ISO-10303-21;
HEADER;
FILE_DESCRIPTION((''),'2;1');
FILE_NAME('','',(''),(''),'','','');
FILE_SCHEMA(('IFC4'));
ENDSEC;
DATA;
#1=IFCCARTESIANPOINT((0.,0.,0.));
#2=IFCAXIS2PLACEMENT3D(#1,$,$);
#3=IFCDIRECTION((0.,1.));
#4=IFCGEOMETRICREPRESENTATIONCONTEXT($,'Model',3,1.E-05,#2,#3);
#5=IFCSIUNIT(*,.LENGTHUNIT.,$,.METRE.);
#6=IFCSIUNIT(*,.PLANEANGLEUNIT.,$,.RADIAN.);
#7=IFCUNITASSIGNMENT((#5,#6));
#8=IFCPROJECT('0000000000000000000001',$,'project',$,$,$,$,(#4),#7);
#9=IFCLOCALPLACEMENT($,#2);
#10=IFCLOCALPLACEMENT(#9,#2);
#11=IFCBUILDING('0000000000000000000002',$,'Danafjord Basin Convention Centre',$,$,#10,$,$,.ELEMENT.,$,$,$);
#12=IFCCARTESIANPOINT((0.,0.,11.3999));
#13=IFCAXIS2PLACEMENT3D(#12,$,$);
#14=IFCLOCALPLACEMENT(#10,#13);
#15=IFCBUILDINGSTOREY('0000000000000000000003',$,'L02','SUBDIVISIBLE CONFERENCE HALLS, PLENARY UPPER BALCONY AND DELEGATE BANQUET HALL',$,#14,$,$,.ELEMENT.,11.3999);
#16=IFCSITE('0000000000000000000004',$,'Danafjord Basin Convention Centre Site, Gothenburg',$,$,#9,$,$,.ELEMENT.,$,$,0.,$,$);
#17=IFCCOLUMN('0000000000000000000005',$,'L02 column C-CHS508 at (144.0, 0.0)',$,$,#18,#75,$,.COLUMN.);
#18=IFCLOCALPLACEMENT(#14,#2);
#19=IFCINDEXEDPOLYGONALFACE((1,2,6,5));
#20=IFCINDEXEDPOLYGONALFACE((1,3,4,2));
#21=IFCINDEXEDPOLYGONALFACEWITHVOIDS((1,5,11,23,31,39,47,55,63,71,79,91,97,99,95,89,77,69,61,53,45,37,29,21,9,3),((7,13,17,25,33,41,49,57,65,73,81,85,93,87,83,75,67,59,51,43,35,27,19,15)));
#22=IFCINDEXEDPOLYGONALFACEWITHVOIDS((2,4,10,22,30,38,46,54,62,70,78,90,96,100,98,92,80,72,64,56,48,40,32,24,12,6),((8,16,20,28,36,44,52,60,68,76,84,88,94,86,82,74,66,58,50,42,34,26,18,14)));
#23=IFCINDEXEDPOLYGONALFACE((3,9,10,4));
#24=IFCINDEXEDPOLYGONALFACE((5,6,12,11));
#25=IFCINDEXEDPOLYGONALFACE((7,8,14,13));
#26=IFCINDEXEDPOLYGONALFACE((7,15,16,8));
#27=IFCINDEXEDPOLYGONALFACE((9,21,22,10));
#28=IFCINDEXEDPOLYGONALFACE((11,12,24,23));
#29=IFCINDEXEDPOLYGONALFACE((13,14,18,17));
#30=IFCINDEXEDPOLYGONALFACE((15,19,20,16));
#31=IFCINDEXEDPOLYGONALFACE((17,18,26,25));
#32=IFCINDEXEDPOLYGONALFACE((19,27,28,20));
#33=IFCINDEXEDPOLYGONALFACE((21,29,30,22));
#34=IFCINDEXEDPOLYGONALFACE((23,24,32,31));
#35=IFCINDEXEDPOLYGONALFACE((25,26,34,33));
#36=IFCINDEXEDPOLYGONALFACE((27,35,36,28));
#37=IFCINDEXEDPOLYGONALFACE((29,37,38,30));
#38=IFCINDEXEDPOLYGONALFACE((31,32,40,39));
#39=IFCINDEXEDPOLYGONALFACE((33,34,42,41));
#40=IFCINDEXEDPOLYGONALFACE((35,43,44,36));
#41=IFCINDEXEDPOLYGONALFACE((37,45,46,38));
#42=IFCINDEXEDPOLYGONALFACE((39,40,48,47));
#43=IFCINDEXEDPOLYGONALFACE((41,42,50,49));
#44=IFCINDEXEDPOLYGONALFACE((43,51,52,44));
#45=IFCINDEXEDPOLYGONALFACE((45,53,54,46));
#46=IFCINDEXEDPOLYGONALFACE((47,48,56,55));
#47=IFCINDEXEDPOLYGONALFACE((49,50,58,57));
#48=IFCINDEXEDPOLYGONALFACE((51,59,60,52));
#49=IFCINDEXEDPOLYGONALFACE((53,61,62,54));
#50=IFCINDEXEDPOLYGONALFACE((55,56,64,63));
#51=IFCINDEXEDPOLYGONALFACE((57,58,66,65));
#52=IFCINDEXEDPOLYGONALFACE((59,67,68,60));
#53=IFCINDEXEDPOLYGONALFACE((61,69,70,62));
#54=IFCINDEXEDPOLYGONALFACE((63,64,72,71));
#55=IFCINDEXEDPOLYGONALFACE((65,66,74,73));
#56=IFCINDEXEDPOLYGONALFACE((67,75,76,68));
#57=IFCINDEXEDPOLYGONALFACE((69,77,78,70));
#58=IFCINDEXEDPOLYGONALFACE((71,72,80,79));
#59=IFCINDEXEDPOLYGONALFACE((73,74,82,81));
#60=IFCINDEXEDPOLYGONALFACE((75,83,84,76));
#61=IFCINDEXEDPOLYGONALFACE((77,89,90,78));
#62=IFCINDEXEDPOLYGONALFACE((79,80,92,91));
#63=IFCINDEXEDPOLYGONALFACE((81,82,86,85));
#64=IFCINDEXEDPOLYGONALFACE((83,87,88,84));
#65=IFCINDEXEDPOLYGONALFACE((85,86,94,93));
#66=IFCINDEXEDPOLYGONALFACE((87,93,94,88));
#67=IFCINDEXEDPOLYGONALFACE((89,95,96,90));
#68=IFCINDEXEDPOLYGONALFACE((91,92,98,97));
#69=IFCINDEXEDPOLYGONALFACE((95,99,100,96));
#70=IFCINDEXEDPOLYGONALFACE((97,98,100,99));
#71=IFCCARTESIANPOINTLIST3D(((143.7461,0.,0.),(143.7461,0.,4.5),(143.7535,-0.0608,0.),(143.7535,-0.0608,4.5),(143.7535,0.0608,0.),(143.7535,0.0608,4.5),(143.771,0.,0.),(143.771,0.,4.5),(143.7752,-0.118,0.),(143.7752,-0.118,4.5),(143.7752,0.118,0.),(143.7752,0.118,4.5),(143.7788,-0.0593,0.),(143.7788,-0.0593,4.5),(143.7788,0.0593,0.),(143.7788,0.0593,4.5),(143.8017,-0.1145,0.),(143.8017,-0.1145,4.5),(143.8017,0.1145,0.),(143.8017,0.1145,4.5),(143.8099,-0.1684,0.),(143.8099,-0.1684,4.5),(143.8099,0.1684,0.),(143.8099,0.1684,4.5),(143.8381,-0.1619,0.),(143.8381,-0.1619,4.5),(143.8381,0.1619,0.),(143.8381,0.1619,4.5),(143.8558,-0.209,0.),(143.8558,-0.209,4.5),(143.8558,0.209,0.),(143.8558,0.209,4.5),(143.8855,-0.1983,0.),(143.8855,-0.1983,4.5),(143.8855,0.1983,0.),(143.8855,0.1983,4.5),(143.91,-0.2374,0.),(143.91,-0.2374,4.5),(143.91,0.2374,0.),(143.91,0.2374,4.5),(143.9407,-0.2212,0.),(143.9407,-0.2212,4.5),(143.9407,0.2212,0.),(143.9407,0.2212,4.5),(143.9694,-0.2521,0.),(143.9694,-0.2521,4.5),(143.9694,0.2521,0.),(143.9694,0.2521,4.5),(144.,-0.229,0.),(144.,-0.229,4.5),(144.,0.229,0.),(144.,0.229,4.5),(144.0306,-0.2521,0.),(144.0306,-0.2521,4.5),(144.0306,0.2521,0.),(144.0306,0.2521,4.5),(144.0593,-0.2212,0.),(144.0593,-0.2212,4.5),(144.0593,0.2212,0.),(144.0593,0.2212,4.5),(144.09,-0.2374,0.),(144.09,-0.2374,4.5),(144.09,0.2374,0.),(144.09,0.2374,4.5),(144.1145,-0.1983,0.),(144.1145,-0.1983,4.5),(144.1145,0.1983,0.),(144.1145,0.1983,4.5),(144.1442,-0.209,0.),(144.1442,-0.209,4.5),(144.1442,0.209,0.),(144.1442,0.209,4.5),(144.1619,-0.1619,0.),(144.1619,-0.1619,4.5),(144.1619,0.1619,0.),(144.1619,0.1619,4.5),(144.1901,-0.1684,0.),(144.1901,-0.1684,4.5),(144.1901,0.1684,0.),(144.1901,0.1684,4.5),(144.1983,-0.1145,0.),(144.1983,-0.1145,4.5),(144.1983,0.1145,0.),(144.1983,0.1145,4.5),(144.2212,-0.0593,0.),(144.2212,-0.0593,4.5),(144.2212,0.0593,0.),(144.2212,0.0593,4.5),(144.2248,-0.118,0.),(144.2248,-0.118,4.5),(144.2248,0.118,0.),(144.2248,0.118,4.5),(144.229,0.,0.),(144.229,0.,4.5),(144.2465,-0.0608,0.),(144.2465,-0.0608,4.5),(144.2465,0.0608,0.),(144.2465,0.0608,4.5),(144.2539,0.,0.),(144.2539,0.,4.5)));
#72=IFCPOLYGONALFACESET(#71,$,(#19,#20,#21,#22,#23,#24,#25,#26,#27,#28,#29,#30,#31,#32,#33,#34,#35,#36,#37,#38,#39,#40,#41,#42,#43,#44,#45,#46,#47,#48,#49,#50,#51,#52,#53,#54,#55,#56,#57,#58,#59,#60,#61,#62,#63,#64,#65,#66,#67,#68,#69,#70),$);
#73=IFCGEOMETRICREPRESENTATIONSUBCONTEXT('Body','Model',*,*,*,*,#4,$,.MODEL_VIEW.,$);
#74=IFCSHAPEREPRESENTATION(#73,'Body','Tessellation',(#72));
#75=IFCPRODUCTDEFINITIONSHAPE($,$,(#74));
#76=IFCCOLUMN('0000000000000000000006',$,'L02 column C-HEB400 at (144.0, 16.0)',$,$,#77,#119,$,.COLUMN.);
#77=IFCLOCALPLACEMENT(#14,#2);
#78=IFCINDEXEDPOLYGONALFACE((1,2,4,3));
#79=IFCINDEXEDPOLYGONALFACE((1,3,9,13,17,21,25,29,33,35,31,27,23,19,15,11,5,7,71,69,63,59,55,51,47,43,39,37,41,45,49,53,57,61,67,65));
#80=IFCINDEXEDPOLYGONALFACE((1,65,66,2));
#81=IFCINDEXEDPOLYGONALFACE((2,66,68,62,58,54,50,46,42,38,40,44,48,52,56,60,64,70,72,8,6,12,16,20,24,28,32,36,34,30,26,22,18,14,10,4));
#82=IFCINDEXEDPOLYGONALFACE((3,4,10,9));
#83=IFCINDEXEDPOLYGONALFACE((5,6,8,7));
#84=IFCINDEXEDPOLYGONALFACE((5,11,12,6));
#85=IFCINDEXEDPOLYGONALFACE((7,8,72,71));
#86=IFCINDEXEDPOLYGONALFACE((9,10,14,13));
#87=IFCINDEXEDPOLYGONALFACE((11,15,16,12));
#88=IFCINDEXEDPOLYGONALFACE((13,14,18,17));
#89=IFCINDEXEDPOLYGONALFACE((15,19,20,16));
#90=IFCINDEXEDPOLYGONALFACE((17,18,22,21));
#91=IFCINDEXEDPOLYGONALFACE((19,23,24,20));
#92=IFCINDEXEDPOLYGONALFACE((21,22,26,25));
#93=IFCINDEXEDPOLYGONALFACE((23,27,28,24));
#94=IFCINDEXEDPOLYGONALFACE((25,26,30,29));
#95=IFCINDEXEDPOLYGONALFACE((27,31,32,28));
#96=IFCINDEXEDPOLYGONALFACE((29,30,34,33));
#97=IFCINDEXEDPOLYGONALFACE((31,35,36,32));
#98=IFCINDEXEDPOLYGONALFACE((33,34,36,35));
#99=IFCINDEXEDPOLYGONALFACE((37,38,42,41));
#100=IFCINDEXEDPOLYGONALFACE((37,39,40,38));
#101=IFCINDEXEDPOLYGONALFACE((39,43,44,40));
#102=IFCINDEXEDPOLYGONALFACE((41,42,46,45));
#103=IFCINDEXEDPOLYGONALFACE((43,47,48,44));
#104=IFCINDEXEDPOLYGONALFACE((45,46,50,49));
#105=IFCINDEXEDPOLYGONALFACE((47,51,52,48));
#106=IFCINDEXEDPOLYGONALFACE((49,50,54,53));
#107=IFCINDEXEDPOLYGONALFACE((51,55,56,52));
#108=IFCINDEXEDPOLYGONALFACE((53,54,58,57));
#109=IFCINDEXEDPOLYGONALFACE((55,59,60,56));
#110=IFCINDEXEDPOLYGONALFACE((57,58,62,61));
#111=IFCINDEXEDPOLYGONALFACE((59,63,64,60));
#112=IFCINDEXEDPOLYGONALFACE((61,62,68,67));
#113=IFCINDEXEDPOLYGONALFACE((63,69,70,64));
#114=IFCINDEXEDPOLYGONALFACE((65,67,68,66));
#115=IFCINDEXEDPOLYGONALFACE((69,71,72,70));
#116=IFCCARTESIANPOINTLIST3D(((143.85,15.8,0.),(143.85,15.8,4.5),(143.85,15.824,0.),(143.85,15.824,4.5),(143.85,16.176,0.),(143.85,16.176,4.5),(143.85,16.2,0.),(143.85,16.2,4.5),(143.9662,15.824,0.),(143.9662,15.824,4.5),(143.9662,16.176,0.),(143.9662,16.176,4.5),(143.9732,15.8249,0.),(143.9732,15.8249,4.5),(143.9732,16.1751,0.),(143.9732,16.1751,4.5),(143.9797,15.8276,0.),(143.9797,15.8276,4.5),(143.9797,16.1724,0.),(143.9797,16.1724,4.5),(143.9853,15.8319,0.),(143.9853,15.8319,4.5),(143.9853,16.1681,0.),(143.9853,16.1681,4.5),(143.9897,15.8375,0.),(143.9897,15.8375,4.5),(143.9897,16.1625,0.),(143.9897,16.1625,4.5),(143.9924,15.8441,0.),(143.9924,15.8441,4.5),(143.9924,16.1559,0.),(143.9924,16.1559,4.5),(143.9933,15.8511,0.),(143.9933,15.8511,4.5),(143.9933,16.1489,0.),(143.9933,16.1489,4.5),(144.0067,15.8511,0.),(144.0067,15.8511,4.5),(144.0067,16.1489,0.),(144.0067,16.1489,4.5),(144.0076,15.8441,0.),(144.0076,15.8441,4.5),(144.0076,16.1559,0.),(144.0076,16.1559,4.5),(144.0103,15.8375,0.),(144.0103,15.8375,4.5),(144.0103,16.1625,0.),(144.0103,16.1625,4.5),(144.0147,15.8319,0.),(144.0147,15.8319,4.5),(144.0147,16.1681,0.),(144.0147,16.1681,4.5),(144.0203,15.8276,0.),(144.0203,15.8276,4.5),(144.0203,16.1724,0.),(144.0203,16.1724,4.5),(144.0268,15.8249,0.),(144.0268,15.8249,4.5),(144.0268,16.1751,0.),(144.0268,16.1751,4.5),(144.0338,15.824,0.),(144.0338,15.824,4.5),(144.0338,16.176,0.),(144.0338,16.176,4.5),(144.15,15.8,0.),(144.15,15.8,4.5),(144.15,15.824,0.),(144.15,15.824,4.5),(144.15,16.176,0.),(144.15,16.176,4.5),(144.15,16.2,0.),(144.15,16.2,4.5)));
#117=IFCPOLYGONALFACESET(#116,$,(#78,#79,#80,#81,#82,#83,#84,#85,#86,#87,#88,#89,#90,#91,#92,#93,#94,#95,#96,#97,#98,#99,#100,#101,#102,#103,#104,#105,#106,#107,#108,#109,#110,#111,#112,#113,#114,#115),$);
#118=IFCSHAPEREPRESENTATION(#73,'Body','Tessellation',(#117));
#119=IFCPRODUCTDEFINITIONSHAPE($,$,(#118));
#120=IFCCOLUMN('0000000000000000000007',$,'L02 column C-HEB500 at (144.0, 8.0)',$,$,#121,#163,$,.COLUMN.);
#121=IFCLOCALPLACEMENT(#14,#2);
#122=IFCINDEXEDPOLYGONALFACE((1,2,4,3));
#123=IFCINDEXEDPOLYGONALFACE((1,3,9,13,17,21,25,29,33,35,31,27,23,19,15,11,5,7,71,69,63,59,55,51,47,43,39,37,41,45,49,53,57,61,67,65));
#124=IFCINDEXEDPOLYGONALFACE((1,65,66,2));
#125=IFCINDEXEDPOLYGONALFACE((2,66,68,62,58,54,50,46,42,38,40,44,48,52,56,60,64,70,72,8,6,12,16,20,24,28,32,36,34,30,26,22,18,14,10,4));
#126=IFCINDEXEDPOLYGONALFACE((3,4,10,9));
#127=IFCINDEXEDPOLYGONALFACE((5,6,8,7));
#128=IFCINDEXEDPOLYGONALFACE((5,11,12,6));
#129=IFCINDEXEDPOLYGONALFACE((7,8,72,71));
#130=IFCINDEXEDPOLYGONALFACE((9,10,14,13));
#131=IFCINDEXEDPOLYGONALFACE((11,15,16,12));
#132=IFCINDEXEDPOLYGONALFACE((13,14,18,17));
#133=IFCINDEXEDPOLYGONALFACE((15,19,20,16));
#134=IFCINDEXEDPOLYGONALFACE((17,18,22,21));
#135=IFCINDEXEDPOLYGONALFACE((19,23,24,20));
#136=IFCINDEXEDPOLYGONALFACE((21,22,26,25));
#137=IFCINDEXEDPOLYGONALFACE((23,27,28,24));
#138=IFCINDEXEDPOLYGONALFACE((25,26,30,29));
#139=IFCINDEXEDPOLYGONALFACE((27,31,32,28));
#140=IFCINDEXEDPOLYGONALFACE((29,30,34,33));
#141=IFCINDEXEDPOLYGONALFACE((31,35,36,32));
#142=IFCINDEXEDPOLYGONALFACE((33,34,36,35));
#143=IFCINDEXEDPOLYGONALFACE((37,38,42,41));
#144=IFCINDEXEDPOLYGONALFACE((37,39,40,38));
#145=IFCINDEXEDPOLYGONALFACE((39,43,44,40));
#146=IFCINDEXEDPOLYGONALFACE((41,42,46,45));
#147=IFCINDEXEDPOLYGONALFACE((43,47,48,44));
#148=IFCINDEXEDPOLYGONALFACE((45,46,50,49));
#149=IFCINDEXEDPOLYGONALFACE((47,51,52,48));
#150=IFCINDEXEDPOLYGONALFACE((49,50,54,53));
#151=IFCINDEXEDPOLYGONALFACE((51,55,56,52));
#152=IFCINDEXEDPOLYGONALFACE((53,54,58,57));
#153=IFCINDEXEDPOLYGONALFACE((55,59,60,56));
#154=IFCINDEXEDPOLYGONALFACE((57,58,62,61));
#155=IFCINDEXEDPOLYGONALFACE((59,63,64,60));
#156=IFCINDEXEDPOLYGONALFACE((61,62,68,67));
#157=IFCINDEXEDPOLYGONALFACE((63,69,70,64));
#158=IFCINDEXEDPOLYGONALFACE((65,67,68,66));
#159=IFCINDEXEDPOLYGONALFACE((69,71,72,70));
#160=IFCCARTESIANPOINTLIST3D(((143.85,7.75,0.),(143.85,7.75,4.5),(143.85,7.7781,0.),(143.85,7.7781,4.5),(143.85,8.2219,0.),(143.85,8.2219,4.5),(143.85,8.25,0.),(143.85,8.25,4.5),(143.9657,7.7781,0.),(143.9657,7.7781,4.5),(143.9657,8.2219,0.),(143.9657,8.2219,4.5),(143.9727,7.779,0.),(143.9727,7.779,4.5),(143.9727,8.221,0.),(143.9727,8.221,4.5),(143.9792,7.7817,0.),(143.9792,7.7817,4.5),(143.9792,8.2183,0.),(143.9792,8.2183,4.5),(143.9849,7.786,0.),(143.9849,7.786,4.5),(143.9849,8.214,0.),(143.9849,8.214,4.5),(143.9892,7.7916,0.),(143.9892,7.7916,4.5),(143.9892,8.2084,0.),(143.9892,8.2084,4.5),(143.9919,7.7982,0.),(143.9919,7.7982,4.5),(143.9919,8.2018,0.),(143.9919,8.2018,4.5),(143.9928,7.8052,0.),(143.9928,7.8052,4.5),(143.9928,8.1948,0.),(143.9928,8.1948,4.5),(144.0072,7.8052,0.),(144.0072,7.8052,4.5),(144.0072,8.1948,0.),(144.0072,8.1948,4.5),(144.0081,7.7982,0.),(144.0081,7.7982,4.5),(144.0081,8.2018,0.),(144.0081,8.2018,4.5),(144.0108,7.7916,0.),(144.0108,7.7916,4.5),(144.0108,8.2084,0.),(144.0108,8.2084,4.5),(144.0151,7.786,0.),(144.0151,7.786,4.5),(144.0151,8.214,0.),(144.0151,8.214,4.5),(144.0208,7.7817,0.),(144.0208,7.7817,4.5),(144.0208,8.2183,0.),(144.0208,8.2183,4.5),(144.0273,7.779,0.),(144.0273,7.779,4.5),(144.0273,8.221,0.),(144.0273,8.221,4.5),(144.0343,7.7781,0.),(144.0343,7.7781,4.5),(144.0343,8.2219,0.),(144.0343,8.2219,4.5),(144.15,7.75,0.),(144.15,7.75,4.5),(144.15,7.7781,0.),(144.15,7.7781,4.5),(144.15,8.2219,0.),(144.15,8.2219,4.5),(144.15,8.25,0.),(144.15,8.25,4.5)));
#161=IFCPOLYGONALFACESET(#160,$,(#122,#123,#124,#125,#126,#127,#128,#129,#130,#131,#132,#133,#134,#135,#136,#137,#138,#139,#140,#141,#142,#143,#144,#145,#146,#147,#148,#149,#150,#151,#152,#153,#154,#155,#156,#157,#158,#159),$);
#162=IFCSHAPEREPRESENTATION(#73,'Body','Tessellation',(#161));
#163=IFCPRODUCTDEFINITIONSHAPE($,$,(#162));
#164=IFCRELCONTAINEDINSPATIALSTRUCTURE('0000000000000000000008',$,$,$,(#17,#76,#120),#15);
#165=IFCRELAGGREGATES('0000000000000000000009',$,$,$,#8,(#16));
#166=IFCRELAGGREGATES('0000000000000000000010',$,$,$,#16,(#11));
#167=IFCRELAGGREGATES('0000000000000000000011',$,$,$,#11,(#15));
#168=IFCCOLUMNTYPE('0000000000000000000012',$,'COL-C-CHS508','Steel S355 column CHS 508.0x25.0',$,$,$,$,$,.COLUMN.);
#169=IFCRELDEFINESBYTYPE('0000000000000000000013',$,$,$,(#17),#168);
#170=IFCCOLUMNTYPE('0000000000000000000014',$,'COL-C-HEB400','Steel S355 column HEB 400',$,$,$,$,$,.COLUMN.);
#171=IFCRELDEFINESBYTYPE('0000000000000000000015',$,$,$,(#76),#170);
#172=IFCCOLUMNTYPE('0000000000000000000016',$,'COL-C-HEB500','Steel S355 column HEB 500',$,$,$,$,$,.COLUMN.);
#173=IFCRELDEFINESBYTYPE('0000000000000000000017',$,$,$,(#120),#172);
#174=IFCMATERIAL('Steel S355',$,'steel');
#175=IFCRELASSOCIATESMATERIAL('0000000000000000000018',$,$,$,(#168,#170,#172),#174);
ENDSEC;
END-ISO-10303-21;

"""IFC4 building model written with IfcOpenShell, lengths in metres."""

from ifc_helpers import new_model, si_unit, direction, frame, origin, origin_2d, place, context, subcontext, project, spatial, hollow_circle, i_section, extrude, material, material_profile, profile_set, type_object, element, save


model = new_model("IFC4")

# Units and contexts
model_context = context("Model", 3, precision=1e-05, world=origin(), true_north=direction((0.0, 1.0)))
body_context = subcontext(model_context, "Body", "Model", "MODEL_VIEW")
ifc_project = project(units=[si_unit("LENGTHUNIT", "METRE"), si_unit("PLANEANGLEUNIT", "RADIAN")], contexts=[model_context])

# Site, building, storey
site_placement = place(None, origin())
site = spatial("IfcSite", under=ifc_project, at=site_placement, Name="Danafjord Basin Convention Centre Site, Gothenburg", CompositionType="ELEMENT", RefElevation=0.0)
building_placement = place(site_placement, origin())
building = spatial("IfcBuilding", under=site, at=building_placement, Name="Danafjord Basin Convention Centre", CompositionType="ELEMENT")
storey_placement = place(building_placement, frame((0.0, 0.0, 11.3999)))
storey = spatial("IfcBuildingStorey", under=building, at=storey_placement, Name="L02", Description="SUBDIVISIBLE CONFERENCE HALLS, PLENARY UPPER BALCONY AND DELEGATE BANQUET HALL", CompositionType="ELEMENT", Elevation=11.3999)

# Columns
ifc_material_1 = material(Name="Steel S355", Category="steel")
ifc_material_profile_1 = material_profile(ifc_material_1, hollow_circle(Radius=0.2539, WallThickness=0.0249, at=origin_2d()), Name="CHS 508.0x25.0")
ifc_profile_set_1 = profile_set([ifc_material_profile_1], Name="Steel S355")
column_type_1 = type_object("IfcColumnType", Name="COL-C-CHS508", Description="Steel S355 column CHS 508.0x25.0", PredefinedType="COLUMN", material=ifc_profile_set_1)
column_1_placement = place(storey_placement, frame((144.0, 0.0, 0.0), z_axis=(0.0, 0.0, 1.0), x_axis=(1.0, 0.0, 0.0)))
element("IfcColumn", 1, at=column_1_placement, inside=storey, type_object=column_type_1, Name="L02 column C-CHS508 at (144.0, 0.0)", PredefinedType="COLUMN", context=body_context, shape_type="SweptSolid", body=[
    extrude(hollow_circle(Radius=0.2539, WallThickness=0.0249, at=origin_2d()), origin(), (0.0, 0.0, 1.0), 4.5),
])
ifc_material_profile_2 = material_profile(ifc_material_1, i_section(OverallWidth=0.3, OverallDepth=0.3999, WebThickness=0.0134, FlangeThickness=0.0239, FilletRadius=0.0271, at=origin_2d()), Name="HEB 400")
ifc_profile_set_2 = profile_set([ifc_material_profile_2], Name="Steel S355")
column_type_2 = type_object("IfcColumnType", Name="COL-C-HEB400", Description="Steel S355 column HEB 400", PredefinedType="COLUMN", material=ifc_profile_set_2)
column_2_placement = place(storey_placement, frame((144.0, 16.0, 0.0), z_axis=(0.0, 0.0, 1.0), x_axis=(1.0, 0.0, 0.0)))
element("IfcColumn", 2, at=column_2_placement, inside=storey, type_object=column_type_2, Name="L02 column C-HEB400 at (144.0, 16.0)", PredefinedType="COLUMN", context=body_context, shape_type="SweptSolid", body=[
    extrude(i_section(OverallWidth=0.3, OverallDepth=0.3999, WebThickness=0.0134, FlangeThickness=0.0239, FilletRadius=0.0271, at=origin_2d()), origin(), (0.0, 0.0, 1.0), 4.5),
])
ifc_material_profile_3 = material_profile(ifc_material_1, i_section(OverallWidth=0.3, OverallDepth=0.5, WebThickness=0.0144, FlangeThickness=0.0281, FilletRadius=0.0271, at=origin_2d()), Name="HEB 500")
ifc_profile_set_3 = profile_set([ifc_material_profile_3], Name="Steel S355")
column_type_3 = type_object("IfcColumnType", Name="COL-C-HEB500", Description="Steel S355 column HEB 500", PredefinedType="COLUMN", material=ifc_profile_set_3)
column_3_placement = place(storey_placement, frame((144.0, 8.0, 0.0), z_axis=(0.0, 0.0, 1.0), x_axis=(1.0, 0.0, 0.0)))
element("IfcColumn", 3, at=column_3_placement, inside=storey, type_object=column_type_3, Name="L02 column C-HEB500 at (144.0, 8.0)", PredefinedType="COLUMN", context=body_context, shape_type="SweptSolid", body=[
    extrude(i_section(OverallWidth=0.3, OverallDepth=0.5, WebThickness=0.0144, FlangeThickness=0.0281, FilletRadius=0.0271, at=origin_2d()), origin(), (0.0, 0.0, 1.0), 4.5),
])

save(model, "model.ifc")
